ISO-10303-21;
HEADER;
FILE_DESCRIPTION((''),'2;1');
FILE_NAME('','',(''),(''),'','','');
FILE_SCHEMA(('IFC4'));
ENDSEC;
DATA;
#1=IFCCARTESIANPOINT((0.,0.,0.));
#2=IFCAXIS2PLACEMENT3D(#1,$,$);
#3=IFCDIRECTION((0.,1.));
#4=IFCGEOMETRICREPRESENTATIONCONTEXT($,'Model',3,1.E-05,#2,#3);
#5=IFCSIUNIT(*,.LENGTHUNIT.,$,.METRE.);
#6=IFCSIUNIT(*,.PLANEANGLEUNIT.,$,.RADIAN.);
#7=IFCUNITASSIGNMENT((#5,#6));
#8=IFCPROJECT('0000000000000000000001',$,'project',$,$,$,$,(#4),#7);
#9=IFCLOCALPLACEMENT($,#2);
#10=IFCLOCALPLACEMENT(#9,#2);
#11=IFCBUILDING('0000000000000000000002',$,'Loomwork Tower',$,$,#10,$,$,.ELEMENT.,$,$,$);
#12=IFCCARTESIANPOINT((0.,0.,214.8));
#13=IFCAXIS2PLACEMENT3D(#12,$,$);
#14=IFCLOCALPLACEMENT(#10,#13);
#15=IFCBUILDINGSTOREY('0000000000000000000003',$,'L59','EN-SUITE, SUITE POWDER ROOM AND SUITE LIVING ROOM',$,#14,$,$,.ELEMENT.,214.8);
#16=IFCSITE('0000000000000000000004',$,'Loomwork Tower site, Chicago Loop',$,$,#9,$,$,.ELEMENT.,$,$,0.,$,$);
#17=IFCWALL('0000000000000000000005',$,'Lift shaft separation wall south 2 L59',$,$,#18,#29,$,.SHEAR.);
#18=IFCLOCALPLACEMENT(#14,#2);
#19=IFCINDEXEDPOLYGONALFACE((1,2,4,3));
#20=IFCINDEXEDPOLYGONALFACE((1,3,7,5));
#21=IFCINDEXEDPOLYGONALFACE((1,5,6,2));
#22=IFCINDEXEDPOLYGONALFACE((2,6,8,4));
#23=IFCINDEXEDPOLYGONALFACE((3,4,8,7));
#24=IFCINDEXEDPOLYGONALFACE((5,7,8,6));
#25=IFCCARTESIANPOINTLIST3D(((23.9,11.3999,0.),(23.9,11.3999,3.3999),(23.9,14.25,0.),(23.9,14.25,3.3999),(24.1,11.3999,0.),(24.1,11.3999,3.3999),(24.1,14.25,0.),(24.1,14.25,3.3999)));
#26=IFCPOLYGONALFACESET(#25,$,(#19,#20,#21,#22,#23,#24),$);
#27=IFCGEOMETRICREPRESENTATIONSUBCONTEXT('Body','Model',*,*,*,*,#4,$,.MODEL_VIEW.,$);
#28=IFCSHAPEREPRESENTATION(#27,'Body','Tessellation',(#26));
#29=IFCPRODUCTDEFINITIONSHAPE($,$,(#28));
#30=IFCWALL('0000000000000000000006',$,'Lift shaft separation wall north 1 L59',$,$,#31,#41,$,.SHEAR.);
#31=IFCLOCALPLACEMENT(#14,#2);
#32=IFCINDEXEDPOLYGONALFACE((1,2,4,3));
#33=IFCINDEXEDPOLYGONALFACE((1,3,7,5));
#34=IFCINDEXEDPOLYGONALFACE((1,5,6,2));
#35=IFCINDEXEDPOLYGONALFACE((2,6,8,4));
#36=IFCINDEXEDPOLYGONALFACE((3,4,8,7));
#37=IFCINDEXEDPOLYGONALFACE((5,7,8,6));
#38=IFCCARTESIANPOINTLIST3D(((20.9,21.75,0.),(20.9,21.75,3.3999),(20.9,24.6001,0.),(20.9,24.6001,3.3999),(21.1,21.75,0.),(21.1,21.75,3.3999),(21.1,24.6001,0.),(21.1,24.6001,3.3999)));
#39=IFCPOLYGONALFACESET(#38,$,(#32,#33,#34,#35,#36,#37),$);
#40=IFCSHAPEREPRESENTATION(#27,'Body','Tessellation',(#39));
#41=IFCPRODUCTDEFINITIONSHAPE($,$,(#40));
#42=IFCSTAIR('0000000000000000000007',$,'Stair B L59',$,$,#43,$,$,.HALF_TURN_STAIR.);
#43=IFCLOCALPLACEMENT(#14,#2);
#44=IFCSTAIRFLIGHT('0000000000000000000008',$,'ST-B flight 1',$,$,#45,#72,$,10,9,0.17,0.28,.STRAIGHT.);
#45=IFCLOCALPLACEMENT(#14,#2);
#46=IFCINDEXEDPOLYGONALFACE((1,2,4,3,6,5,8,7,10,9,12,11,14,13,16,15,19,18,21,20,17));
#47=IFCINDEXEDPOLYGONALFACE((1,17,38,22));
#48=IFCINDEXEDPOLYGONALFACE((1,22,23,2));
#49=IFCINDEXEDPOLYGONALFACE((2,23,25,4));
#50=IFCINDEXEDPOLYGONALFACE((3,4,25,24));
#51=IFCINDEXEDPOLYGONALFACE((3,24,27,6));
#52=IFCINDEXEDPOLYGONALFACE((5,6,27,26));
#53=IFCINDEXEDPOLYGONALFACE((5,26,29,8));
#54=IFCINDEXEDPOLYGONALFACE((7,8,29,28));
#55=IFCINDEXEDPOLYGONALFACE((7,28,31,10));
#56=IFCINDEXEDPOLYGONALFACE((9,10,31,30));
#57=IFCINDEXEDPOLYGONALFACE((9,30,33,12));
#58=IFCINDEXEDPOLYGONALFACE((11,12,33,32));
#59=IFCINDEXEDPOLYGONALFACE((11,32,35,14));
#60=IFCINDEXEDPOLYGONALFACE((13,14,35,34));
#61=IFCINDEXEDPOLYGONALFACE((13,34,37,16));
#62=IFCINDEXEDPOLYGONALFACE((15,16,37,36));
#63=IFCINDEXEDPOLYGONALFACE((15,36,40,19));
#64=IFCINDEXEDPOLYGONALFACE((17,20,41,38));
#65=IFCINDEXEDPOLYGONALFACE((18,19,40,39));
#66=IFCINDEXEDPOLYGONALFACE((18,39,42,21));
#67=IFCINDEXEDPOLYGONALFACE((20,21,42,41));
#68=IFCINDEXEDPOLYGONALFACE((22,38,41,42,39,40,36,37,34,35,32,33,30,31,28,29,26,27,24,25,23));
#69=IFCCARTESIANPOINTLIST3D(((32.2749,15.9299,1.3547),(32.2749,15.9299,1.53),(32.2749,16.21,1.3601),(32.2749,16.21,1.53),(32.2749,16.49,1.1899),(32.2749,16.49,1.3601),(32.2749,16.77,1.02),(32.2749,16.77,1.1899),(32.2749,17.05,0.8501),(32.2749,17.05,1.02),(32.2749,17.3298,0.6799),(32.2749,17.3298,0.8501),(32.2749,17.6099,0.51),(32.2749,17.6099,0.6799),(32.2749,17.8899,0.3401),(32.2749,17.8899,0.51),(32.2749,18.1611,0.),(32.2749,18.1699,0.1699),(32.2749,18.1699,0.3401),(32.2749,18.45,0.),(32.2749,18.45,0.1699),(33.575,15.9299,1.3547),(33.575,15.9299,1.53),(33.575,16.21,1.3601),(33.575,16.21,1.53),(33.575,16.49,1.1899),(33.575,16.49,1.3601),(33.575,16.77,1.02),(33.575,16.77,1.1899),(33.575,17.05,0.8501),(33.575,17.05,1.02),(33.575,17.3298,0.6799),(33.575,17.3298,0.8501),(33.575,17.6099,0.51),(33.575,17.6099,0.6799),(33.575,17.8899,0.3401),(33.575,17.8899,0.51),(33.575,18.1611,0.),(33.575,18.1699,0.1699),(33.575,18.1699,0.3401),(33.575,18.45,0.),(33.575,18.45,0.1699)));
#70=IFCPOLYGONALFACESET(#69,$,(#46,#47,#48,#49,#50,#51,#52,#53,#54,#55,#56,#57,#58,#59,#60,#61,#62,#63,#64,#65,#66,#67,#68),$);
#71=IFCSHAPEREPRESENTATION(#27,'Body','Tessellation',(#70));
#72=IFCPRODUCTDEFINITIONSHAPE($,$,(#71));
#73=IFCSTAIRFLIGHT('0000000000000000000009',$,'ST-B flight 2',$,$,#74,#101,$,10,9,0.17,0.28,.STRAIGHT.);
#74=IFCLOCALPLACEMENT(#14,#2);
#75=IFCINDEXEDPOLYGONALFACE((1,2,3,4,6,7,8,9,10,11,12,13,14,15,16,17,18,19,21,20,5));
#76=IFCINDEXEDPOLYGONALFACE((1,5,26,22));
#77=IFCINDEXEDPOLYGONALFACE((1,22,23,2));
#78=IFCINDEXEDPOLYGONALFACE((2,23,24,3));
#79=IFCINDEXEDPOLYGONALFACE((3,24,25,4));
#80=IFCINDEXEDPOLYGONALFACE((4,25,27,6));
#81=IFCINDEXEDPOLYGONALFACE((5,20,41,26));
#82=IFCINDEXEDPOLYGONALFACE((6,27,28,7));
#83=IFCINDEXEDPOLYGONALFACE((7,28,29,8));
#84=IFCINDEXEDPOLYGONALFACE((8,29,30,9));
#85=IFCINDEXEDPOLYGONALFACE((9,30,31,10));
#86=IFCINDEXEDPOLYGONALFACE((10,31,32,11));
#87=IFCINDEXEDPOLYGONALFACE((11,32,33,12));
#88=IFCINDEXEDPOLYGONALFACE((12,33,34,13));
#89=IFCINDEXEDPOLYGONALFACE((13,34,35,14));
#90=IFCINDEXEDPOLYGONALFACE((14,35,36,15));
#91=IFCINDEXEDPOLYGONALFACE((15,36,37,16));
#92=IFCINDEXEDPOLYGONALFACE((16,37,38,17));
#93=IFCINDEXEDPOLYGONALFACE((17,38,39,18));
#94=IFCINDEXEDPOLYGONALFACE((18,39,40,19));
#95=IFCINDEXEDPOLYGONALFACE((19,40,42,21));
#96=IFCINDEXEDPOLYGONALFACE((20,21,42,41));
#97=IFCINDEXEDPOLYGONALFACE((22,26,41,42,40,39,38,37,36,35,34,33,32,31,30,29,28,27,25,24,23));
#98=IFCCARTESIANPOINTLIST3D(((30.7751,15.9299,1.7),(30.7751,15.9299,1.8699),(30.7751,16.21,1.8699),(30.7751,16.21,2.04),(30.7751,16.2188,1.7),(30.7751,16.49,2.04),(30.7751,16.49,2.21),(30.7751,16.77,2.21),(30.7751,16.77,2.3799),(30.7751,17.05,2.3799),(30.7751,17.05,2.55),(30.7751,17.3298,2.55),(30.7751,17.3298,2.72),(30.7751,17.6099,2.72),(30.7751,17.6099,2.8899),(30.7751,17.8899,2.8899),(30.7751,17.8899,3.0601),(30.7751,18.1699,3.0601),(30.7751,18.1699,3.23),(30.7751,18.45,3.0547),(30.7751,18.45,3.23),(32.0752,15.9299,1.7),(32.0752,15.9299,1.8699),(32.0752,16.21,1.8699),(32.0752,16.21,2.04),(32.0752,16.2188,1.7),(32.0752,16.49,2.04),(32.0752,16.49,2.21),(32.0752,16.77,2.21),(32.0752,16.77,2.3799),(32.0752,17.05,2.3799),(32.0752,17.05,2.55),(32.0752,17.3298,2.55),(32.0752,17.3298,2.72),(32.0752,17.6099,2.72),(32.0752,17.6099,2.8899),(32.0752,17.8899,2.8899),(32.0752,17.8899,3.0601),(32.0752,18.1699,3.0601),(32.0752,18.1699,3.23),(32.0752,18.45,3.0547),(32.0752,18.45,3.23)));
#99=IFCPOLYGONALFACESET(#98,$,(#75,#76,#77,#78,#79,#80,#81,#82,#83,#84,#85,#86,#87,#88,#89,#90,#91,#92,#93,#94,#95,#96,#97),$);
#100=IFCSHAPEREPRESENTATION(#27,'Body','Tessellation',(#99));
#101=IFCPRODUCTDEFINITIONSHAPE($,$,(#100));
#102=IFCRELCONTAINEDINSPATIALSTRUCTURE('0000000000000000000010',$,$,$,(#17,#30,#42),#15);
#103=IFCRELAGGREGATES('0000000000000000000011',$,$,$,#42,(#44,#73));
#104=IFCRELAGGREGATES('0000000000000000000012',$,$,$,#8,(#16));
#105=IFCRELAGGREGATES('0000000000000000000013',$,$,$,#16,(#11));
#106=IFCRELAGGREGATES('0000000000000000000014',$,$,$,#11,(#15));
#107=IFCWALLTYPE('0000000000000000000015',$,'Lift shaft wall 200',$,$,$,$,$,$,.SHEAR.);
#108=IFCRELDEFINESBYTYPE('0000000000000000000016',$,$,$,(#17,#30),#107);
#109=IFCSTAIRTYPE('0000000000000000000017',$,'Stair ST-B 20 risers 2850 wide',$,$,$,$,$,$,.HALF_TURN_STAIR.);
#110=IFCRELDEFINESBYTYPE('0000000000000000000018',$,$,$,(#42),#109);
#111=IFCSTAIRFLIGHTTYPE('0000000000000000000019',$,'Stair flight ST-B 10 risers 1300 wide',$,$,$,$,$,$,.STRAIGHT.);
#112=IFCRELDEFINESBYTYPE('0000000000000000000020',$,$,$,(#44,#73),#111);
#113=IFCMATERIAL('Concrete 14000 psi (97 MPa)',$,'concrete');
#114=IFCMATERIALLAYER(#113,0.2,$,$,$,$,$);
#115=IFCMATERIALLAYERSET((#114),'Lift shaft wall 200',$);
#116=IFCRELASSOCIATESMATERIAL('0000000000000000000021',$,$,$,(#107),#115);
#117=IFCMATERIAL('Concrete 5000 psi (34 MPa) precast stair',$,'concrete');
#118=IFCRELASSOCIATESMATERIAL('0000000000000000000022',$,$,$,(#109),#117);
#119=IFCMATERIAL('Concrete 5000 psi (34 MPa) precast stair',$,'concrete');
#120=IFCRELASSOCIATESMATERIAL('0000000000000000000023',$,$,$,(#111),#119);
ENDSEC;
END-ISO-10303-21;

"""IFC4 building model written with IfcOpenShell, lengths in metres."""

from ifc_helpers import new_model, si_unit, direction, frame, frame_2d, origin, place, context, subcontext, project, spatial, polyline, rectangle, outline, extrude, material, layer, layer_set, type_object, element, aggregate, save


model = new_model("IFC4")

# Units and contexts
model_context = context("Model", 3, precision=1e-05, world=origin(), true_north=direction((0.0, 1.0)))
body_context = subcontext(model_context, "Body", "Model", "MODEL_VIEW")
ifc_project = project(units=[si_unit("LENGTHUNIT", "METRE"), si_unit("PLANEANGLEUNIT", "RADIAN")], contexts=[model_context])

# Site, building, storey
site_placement = place(None, origin())
site = spatial("IfcSite", under=ifc_project, at=site_placement, Name="Loomwork Tower site, Chicago Loop", CompositionType="ELEMENT", RefElevation=0.0)
building_placement = place(site_placement, origin())
building = spatial("IfcBuilding", under=site, at=building_placement, Name="Loomwork Tower", CompositionType="ELEMENT")
storey_placement = place(building_placement, frame((0.0, 0.0, 214.8)))
storey = spatial("IfcBuildingStorey", under=building, at=storey_placement, Name="L59", Description="EN-SUITE, SUITE POWDER ROOM AND SUITE LIVING ROOM", CompositionType="ELEMENT", Elevation=214.8)

# Walls
ifc_material_1 = material(Name="Concrete 14000 psi (97 MPa)", Category="concrete")
ifc_layer_1 = layer(ifc_material_1, 0.2)
ifc_layer_set_1 = layer_set([ifc_layer_1], Name="Lift shaft wall 200")
wall_type_1 = type_object("IfcWallType", Name="Lift shaft wall 200", PredefinedType="SHEAR", material=ifc_layer_set_1)
for number, where, z_axis, x_axis, name in (
    (1, (24.0, 11.3999, 0.0), (0.0, 0.0, 1.0), (0.0, 1.0, 0.0), "Lift shaft separation wall south 2 L59"),
    (2, (21.0, 21.75, 0.0), (0.0, 0.0, 1.0), (0.0, 1.0, 0.0), "Lift shaft separation wall north 1 L59"),
):
    element("IfcWall", number, at=place(storey_placement, frame(where, z_axis=z_axis, x_axis=x_axis)), inside=storey, type_object=wall_type_1, Name=name, PredefinedType="SHEAR", context=body_context, shape_type="SweptSolid", body=[
        extrude(rectangle(XDim=2.8501, YDim=0.2, at=frame_2d((1.425, 0.0))), origin(), (0.0, 0.0, 1.0), 3.3999),
    ])

# Stair, stair flights
ifc_material_2 = material(Name="Concrete 5000 psi (34 MPa) precast stair", Category="concrete")
stair_type = type_object("IfcStairType", Name="Stair ST-B 20 risers 2850 wide", PredefinedType="HALF_TURN_STAIR", material=ifc_material_2)
stair_placement = place(storey_placement, origin())
stair = element("IfcStair", 3, at=stair_placement, inside=storey, type_object=stair_type, Name="Stair B L59", PredefinedType="HALF_TURN_STAIR")
ifc_material_3 = material(Name="Concrete 5000 psi (34 MPa) precast stair", Category="concrete")
stair_flight_type = type_object("IfcStairFlightType", Name="Stair flight ST-B 10 risers 1300 wide", PredefinedType="STRAIGHT", material=ifc_material_3)
stair_flight_1_placement = place(storey_placement, frame((32.925, 18.45, 0.0), z_axis=(0.0, 0.0, 1.0), x_axis=(0.0, -1.0, 0.0)))
stair_flight_1 = element("IfcStairFlight", 4, at=stair_flight_1_placement, type_object=stair_flight_type, Name="ST-B flight 1", NumberOfRisers=10, NumberOfTreads=9, PredefinedType="STRAIGHT", RiserHeight=0.17, TreadLength=0.28, context=body_context, shape_type="SweptSolid", body=[
    extrude(outline(polyline([(0.0, 0.0), (0.0, 0.1699), (0.28, 0.1699), (0.28, 0.3401), (0.5601, 0.3401), (0.5601, 0.51), (0.8401, 0.51), (0.8401, 0.6799), (1.1201, 0.6799), (1.1201, 0.8501), (1.3999, 0.8501), (1.3999, 1.02), (1.6799, 1.02), (1.6799, 1.1899), (1.96, 1.1899), (1.96, 1.3601), (2.24, 1.3601), (2.24, 1.53), (2.52, 1.53), (2.52, 1.7), (2.52, 1.3547), (0.2888, 0.0), (0.0, 0.0)])), frame((0.0, 0.6499, 0.0), z_axis=(0.0, -1.0, 0.0), x_axis=(1.0, 0.0, 0.0)), (0.0, 0.0, 1.0), 1.3),
])
stair_flight_2_placement = place(storey_placement, frame((31.425, 15.9299, 1.7), z_axis=(0.0, 0.0, 1.0), x_axis=(0.0, 1.0, 0.0)))
stair_flight_2 = element("IfcStairFlight", 5, at=stair_flight_2_placement, type_object=stair_flight_type, Name="ST-B flight 2", NumberOfRisers=10, NumberOfTreads=9, PredefinedType="STRAIGHT", RiserHeight=0.17, TreadLength=0.28, context=body_context, shape_type="SweptSolid", body=[
    extrude(outline(polyline([(0.0, 0.0), (0.0, 0.1699), (0.28, 0.1699), (0.28, 0.3401), (0.5601, 0.3401), (0.5601, 0.51), (0.8401, 0.51), (0.8401, 0.6799), (1.1201, 0.6799), (1.1201, 0.8501), (1.3999, 0.8501), (1.3999, 1.02), (1.6799, 1.02), (1.6799, 1.1899), (1.96, 1.1899), (1.96, 1.3601), (2.24, 1.3601), (2.24, 1.53), (2.52, 1.53), (2.52, 1.7), (2.52, 1.3547), (0.2888, 0.0), (0.0, 0.0)])), frame((0.0, 0.6499, 0.0), z_axis=(0.0, -1.0, 0.0), x_axis=(1.0, 0.0, 0.0)), (0.0, 0.0, 1.0), 1.3),
])
aggregate(stair, [stair_flight_1, stair_flight_2])

save(model, "model.ifc")
